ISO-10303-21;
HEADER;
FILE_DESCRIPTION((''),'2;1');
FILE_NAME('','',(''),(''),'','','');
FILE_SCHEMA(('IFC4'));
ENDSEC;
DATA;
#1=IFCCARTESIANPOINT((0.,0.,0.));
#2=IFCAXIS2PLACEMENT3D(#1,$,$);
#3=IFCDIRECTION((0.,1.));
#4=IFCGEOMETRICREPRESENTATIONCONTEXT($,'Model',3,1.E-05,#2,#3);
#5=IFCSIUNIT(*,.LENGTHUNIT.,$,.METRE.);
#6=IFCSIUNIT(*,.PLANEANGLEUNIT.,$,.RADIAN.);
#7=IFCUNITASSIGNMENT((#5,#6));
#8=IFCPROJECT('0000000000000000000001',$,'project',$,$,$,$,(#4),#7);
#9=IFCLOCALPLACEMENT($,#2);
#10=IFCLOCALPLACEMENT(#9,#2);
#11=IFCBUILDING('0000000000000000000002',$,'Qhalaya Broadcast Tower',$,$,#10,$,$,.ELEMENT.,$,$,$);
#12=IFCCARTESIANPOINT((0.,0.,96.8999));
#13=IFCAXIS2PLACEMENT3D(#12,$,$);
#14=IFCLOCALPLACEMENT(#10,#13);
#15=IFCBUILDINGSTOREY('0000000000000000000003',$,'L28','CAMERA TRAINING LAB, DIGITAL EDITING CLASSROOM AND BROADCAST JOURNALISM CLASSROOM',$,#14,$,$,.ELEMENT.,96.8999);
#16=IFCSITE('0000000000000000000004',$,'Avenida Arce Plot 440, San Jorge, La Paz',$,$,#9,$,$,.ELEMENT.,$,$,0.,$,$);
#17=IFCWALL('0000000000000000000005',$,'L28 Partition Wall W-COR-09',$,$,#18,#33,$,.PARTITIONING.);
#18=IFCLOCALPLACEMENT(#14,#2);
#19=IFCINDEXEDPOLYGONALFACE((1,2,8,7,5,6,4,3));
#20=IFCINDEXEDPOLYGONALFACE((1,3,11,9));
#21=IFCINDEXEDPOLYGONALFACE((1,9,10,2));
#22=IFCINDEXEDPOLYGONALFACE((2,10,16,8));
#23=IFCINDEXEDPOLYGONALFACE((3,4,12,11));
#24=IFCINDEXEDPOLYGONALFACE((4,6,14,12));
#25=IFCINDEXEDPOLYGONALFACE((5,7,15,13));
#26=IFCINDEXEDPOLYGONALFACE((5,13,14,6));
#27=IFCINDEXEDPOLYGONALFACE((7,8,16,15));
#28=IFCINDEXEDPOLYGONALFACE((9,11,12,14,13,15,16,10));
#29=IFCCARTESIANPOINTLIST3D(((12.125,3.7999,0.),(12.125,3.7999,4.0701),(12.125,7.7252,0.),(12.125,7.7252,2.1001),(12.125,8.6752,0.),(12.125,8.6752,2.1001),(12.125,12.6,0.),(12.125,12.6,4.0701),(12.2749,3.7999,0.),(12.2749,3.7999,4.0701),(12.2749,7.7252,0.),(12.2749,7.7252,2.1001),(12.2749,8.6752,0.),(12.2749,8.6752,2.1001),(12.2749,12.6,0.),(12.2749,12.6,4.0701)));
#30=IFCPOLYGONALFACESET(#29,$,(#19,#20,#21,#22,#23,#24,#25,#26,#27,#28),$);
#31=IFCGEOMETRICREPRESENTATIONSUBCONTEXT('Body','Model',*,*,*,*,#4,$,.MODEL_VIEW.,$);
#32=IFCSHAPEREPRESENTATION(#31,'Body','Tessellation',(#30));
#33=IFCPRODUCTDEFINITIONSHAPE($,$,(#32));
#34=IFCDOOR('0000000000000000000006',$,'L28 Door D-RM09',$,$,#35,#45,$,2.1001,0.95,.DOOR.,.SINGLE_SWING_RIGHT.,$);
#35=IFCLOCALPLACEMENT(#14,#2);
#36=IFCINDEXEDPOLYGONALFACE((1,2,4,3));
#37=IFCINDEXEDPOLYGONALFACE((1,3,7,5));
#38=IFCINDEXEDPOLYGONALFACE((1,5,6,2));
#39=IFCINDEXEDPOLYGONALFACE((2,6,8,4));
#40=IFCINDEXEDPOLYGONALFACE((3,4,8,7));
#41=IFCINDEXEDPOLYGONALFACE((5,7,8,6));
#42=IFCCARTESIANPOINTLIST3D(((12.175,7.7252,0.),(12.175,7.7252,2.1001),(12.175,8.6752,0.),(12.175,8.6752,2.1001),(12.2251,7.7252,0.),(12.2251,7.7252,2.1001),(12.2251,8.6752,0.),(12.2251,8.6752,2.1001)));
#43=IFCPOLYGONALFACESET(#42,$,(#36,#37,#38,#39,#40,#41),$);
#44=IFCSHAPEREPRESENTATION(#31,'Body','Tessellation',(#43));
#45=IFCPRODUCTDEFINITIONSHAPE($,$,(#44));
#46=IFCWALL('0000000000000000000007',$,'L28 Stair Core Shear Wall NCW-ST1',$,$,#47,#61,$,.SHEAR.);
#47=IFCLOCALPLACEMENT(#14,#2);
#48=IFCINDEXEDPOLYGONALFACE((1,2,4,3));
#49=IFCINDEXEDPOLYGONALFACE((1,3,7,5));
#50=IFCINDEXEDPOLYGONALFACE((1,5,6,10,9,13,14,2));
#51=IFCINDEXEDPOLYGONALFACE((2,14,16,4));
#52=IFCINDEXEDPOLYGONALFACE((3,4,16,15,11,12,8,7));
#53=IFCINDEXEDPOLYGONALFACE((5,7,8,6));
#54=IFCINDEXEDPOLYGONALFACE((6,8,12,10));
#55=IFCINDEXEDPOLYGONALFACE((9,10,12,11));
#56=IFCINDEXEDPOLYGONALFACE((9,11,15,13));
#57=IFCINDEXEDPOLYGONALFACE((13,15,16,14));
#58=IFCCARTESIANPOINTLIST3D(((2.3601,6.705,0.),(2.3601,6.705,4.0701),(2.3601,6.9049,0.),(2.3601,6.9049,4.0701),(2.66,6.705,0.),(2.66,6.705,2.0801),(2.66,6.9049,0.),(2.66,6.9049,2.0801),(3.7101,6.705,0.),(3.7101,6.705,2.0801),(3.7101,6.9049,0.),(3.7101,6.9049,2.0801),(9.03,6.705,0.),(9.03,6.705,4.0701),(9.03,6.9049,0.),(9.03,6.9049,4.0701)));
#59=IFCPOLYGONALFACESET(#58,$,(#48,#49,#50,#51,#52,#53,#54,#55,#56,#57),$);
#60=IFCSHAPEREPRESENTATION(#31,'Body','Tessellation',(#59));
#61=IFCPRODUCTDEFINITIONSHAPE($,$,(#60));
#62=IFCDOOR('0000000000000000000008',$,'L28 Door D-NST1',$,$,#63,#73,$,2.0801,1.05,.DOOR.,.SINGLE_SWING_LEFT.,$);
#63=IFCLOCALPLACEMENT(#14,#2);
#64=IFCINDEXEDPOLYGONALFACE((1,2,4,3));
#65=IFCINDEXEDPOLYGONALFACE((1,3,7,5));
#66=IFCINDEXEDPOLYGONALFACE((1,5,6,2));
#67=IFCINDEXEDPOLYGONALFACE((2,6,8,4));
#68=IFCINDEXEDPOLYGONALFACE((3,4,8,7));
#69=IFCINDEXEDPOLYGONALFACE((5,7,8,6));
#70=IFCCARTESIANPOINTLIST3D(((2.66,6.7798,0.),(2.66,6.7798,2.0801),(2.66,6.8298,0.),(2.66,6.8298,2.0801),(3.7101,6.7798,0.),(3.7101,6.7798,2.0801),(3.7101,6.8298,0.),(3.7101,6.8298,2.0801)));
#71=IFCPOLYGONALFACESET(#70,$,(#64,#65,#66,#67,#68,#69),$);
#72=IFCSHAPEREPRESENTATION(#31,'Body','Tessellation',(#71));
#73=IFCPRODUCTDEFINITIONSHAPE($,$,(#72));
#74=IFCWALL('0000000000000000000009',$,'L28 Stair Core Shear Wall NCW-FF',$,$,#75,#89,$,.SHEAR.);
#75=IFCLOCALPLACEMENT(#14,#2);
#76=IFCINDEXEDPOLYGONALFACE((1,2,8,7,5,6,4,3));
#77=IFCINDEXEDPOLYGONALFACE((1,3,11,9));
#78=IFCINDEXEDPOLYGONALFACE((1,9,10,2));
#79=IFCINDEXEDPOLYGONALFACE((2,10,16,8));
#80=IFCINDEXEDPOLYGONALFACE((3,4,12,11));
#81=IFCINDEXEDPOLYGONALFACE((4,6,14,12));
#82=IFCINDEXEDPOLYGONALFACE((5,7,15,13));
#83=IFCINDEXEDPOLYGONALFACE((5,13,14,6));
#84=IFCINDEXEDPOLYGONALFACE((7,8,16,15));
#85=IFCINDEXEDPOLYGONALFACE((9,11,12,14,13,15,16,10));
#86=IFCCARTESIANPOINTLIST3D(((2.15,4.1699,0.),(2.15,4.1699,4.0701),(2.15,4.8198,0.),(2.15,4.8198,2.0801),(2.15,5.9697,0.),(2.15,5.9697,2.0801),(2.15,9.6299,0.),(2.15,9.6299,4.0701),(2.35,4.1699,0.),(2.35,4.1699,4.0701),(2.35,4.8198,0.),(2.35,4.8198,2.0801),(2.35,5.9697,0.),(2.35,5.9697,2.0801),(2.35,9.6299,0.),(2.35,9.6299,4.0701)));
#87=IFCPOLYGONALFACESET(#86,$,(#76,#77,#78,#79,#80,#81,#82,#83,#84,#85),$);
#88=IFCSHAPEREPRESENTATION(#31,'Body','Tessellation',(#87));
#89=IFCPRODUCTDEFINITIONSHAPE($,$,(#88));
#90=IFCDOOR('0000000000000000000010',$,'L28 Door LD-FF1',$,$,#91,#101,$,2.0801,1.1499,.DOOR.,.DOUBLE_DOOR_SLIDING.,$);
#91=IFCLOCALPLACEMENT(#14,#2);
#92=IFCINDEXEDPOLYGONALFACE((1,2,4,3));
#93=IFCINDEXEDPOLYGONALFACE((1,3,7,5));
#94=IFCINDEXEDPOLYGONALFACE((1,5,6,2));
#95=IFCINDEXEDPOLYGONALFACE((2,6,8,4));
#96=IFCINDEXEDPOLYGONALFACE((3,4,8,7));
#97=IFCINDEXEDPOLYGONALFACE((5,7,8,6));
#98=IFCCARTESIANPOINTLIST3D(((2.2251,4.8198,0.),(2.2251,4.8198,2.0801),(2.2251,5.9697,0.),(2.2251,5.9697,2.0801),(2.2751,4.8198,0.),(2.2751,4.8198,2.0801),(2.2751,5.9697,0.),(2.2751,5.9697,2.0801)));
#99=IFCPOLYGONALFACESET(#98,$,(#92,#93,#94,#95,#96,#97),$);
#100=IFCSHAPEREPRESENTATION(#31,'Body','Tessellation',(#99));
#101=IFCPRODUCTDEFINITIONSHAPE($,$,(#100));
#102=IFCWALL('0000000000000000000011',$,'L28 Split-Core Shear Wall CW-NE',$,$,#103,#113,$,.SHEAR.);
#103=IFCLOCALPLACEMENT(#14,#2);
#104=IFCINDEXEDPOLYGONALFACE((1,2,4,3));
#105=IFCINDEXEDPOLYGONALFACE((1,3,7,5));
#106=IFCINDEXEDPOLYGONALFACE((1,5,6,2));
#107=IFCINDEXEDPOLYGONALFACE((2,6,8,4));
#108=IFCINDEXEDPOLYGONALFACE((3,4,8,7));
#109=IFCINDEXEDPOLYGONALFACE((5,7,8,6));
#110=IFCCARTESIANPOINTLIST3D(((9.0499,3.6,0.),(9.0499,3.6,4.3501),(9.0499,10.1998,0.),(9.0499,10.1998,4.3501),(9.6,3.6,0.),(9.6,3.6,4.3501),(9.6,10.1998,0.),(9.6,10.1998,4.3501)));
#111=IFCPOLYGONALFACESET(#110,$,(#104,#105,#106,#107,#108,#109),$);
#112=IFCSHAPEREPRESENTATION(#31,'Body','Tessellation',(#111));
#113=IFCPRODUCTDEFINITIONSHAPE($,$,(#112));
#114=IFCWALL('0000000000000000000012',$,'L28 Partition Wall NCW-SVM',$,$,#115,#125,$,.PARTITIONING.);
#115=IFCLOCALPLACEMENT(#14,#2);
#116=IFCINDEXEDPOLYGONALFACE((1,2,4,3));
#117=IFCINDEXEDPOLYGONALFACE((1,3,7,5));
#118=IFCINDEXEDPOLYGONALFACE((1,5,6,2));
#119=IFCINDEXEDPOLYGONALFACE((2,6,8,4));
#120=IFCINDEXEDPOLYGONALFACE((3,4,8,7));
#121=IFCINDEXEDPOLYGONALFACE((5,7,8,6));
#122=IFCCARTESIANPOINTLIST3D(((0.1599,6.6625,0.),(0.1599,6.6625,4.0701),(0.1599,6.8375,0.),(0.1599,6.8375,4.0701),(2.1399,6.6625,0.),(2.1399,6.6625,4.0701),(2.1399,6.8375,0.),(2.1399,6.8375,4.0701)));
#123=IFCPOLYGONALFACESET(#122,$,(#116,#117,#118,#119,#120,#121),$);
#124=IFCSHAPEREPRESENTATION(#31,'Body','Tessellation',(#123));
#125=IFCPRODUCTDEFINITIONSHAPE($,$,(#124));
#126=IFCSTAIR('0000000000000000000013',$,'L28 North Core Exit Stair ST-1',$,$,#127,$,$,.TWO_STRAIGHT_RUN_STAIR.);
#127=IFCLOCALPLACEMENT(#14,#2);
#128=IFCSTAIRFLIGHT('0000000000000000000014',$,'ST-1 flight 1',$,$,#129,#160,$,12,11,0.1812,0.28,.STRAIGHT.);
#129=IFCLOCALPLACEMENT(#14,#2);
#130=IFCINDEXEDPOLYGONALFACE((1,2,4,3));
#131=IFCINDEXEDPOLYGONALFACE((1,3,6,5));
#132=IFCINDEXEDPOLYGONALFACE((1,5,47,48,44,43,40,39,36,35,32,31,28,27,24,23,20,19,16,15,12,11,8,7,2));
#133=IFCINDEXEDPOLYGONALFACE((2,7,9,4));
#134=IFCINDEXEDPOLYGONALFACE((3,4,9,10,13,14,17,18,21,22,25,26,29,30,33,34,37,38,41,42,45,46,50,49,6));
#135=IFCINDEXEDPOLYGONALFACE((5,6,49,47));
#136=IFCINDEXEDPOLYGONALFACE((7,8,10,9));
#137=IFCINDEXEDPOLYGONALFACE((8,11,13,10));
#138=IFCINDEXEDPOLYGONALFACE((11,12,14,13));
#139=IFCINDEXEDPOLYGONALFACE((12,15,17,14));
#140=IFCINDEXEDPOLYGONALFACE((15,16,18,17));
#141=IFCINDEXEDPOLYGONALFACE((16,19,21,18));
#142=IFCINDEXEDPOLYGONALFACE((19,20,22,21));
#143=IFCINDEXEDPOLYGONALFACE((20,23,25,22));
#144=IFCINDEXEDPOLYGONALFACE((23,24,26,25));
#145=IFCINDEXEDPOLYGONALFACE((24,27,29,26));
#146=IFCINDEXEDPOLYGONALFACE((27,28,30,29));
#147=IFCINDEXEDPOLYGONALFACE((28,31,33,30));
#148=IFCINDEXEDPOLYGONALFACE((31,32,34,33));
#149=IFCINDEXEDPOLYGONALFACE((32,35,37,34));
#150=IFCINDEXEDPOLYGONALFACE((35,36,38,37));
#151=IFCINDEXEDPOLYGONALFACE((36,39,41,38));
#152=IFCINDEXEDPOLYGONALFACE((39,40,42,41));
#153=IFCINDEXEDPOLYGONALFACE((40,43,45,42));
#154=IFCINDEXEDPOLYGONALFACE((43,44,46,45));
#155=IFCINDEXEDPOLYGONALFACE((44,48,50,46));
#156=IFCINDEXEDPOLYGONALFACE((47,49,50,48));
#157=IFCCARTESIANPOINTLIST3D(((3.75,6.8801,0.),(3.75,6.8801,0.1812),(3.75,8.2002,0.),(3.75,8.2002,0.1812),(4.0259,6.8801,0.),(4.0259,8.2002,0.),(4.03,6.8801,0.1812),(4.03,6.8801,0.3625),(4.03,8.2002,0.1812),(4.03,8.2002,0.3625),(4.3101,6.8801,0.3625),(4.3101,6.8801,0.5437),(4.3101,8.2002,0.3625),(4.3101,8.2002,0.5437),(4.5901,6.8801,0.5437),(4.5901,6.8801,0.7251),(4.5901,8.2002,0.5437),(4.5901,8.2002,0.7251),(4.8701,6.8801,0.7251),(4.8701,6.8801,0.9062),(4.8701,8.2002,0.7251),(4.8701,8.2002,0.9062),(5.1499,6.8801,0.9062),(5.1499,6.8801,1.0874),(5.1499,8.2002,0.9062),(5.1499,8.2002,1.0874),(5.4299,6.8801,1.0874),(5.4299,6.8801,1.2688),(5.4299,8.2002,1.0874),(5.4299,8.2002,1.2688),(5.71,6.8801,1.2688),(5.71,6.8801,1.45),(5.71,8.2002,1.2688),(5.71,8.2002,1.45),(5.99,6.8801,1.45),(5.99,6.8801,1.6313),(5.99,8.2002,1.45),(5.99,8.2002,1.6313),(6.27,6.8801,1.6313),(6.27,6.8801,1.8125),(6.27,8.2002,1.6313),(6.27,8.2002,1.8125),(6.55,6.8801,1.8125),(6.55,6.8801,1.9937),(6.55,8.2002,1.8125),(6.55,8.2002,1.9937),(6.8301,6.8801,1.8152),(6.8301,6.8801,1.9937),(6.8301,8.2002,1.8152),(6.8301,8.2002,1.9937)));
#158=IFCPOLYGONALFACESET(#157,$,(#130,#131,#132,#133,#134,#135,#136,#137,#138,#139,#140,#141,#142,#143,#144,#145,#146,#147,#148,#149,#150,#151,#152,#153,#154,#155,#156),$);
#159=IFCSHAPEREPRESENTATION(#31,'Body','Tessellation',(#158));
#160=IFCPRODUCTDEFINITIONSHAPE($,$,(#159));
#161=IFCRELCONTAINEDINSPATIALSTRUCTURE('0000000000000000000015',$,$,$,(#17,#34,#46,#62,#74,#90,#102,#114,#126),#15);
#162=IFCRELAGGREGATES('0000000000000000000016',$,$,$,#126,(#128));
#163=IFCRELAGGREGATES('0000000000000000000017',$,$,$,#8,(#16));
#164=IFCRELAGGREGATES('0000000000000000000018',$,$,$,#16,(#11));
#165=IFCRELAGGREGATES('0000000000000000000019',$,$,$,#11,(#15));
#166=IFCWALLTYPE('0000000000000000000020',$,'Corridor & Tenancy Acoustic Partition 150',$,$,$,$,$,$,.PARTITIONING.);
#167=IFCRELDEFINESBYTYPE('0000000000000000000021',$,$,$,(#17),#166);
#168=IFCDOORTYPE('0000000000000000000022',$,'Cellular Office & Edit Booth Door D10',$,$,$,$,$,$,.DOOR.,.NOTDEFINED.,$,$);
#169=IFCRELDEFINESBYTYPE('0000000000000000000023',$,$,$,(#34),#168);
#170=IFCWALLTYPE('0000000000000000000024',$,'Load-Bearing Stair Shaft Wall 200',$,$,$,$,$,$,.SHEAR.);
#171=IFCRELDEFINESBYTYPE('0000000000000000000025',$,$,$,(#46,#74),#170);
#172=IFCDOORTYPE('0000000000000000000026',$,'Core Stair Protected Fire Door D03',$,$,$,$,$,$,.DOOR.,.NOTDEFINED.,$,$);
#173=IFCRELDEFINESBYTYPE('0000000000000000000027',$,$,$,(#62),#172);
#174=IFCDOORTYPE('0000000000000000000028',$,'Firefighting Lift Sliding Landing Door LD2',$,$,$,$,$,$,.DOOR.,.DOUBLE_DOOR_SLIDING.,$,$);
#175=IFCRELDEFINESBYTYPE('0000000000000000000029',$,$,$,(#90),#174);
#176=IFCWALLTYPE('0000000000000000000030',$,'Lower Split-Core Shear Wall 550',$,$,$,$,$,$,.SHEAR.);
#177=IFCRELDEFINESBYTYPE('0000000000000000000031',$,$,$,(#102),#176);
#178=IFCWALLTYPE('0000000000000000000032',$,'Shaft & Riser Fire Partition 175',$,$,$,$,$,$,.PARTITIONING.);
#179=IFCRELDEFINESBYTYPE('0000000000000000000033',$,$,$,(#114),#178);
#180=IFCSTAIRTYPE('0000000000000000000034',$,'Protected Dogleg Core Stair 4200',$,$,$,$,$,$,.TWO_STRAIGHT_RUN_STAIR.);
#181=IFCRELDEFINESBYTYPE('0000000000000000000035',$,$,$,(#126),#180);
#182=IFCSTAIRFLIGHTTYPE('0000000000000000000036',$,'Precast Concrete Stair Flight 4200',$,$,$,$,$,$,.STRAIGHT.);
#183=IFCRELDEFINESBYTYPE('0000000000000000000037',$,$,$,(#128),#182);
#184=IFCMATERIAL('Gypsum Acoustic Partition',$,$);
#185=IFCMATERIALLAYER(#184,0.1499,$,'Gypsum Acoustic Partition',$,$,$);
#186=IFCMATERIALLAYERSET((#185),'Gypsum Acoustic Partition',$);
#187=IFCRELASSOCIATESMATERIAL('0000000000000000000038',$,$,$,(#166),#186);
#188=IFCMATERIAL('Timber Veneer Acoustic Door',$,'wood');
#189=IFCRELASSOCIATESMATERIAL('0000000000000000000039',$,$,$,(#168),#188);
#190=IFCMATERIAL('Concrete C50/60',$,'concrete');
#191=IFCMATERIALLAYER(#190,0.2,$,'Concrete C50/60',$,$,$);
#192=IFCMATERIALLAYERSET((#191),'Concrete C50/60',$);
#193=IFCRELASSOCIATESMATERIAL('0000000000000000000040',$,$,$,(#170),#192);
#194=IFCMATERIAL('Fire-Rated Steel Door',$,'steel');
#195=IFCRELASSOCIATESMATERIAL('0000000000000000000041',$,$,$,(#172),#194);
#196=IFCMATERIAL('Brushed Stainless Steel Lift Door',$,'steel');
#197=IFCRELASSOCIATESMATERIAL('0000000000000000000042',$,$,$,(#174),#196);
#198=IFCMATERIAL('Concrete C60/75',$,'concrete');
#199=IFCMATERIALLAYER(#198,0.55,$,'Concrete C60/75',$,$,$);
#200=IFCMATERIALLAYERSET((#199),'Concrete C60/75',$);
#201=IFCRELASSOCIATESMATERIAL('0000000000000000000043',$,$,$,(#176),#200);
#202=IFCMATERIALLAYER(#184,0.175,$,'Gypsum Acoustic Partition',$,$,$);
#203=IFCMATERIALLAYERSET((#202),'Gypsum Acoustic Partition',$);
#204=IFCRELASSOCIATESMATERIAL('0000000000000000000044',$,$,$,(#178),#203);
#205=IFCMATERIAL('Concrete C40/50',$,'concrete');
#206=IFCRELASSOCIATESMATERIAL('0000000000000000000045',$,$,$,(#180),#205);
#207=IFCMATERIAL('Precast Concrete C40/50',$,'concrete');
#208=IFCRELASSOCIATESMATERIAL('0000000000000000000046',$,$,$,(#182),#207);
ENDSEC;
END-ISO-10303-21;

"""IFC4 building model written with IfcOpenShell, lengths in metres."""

from ifc_helpers import new_model, si_unit, direction, frame, frame_2d, origin, place, context, subcontext, project, spatial, polyline, rectangle, outline, extrude, material, layer, layer_set, type_object, element, fill, aggregate, save


model = new_model("IFC4")

# Units and contexts
model_context = context("Model", 3, precision=1e-05, world=origin(), true_north=direction((0.0, 1.0)))
body_context = subcontext(model_context, "Body", "Model", "MODEL_VIEW")
ifc_project = project(units=[si_unit("LENGTHUNIT", "METRE"), si_unit("PLANEANGLEUNIT", "RADIAN")], contexts=[model_context])

# Site, building, storey
site_placement = place(None, origin())
site = spatial("IfcSite", under=ifc_project, at=site_placement, Name="Avenida Arce Plot 440, San Jorge, La Paz", CompositionType="ELEMENT", RefElevation=0.0)
building_placement = place(site_placement, origin())
building = spatial("IfcBuilding", under=site, at=building_placement, Name="Qhalaya Broadcast Tower", CompositionType="ELEMENT")
storey_placement = place(building_placement, frame((0.0, 0.0, 96.8999)))
storey = spatial("IfcBuildingStorey", under=building, at=storey_placement, Name="L28", Description="CAMERA TRAINING LAB, DIGITAL EDITING CLASSROOM AND BROADCAST JOURNALISM CLASSROOM", CompositionType="ELEMENT", Elevation=96.8999)

# Shared definitions
ifc_material_1 = material(Name="Concrete C50/60", Category="concrete")

# Walls, openings, doors
ifc_material_2 = material(Name="Gypsum Acoustic Partition")
ifc_layer_1 = layer(ifc_material_2, 0.1499, Name="Gypsum Acoustic Partition")
ifc_layer_set_1 = layer_set([ifc_layer_1], Name="Gypsum Acoustic Partition")
wall_type_1 = type_object("IfcWallType", Name="Corridor & Tenancy Acoustic Partition 150", PredefinedType="PARTITIONING", material=ifc_layer_set_1)
wall_1_placement = place(storey_placement, frame((12.2, 3.8, 0.0), z_axis=(0.0, 0.0, 1.0), x_axis=(0.0, 1.0, 0.0)))
wall_1 = element("IfcWall", 1, at=wall_1_placement, inside=storey, type_object=wall_type_1, Name="L28 Partition Wall W-COR-09", PredefinedType="PARTITIONING", context=body_context, shape_type="SweptSolid", body=[
    extrude(rectangle(XDim=8.8, YDim=0.1499, at=frame_2d((4.3999, 0.0))), origin(), (0.0, 0.0, 1.0), 4.0701),
])
opening_1_placement = place(wall_1_placement, frame((3.925, 0.0, 0.0)))
opening_1 = element("IfcOpeningElement", 2, at=opening_1_placement, cuts=wall_1, PredefinedType="OPENING", context=body_context, shape_type="SweptSolid", body=[
    extrude(rectangle(XDim=0.95, YDim=2.1001, at=frame_2d((0.4751, 1.05))), frame((0.0, 0.0869, 0.0), z_axis=(0.0, -1.0, 0.0), x_axis=(1.0, 0.0, 0.0)), (0.0, 0.0, 1.0), 0.1738),
])
ifc_material_3 = material(Name="Timber Veneer Acoustic Door", Category="wood")
door_type_1 = type_object("IfcDoorType", Name="Cellular Office & Edit Booth Door D10", OperationType="NOTDEFINED", PredefinedType="DOOR", material=ifc_material_3)
door_1_placement = place(opening_1_placement, origin())
door_1 = element("IfcDoor", 3, at=door_1_placement, inside=storey, type_object=door_type_1, Name="L28 Door D-RM09", OperationType="SINGLE_SWING_RIGHT", OverallHeight=2.1001, OverallWidth=0.95, PredefinedType="DOOR", context=body_context, shape_type="SweptSolid", body=[
    extrude(rectangle(XDim=0.95, YDim=2.1001, at=frame_2d((0.4751, 1.05))), frame((0.0, 0.0249, 0.0), z_axis=(0.0, -1.0, 0.0), x_axis=(1.0, 0.0, 0.0)), (0.0, 0.0, 1.0), 0.05),
])
fill(opening_1, door_1)
ifc_layer_2 = layer(ifc_material_1, 0.2, Name="Concrete C50/60")
ifc_layer_set_2 = layer_set([ifc_layer_2], Name="Concrete C50/60")
wall_type_2 = type_object("IfcWallType", Name="Load-Bearing Stair Shaft Wall 200", PredefinedType="SHEAR", material=ifc_layer_set_2)
wall_2_placement = place(storey_placement, frame((2.3601, 6.8049, 0.0), z_axis=(0.0, 0.0, 1.0), x_axis=(1.0, 0.0, 0.0)))
wall_2 = element("IfcWall", 4, at=wall_2_placement, inside=storey, type_object=wall_type_2, Name="L28 Stair Core Shear Wall NCW-ST1", PredefinedType="SHEAR", context=body_context, shape_type="SweptSolid", body=[
    extrude(rectangle(XDim=6.6699, YDim=0.2, at=frame_2d((3.335, 0.0))), origin(), (0.0, 0.0, 1.0), 4.0701),
])
opening_2_placement = place(wall_2_placement, frame((0.3, 0.0, 0.0)))
opening_2 = element("IfcOpeningElement", 5, at=opening_2_placement, cuts=wall_2, PredefinedType="OPENING", context=body_context, shape_type="SweptSolid", body=[
    extrude(rectangle(XDim=1.05, YDim=2.0801, at=frame_2d((0.5249, 1.04))), frame((0.0, 0.1121, 0.0), z_axis=(0.0, -1.0, 0.0), x_axis=(1.0, 0.0, 0.0)), (0.0, 0.0, 1.0), 0.2239),
])
ifc_material_4 = material(Name="Fire-Rated Steel Door", Category="steel")
door_type_2 = type_object("IfcDoorType", Name="Core Stair Protected Fire Door D03", OperationType="NOTDEFINED", PredefinedType="DOOR", material=ifc_material_4)
door_2_placement = place(opening_2_placement, origin())
door_2 = element("IfcDoor", 6, at=door_2_placement, inside=storey, type_object=door_type_2, Name="L28 Door D-NST1", OperationType="SINGLE_SWING_LEFT", OverallHeight=2.0801, OverallWidth=1.05, PredefinedType="DOOR", context=body_context, shape_type="SweptSolid", body=[
    extrude(rectangle(XDim=1.05, YDim=2.0801, at=frame_2d((0.5249, 1.04))), frame((0.0, 0.0249, 0.0), z_axis=(0.0, -1.0, 0.0), x_axis=(1.0, 0.0, 0.0)), (0.0, 0.0, 1.0), 0.05),
])
fill(opening_2, door_2)
wall_3_placement = place(storey_placement, frame((2.25, 4.1699, 0.0), z_axis=(0.0, 0.0, 1.0), x_axis=(0.0, 1.0, 0.0)))
wall_3 = element("IfcWall", 7, at=wall_3_placement, inside=storey, type_object=wall_type_2, Name="L28 Stair Core Shear Wall NCW-FF", PredefinedType="SHEAR", context=body_context, shape_type="SweptSolid", body=[
    extrude(rectangle(XDim=5.46, YDim=0.2, at=frame_2d((2.73, 0.0))), origin(), (0.0, 0.0, 1.0), 4.0701),
])
opening_3_placement = place(wall_3_placement, frame((0.6499, 0.0, 0.0)))
opening_3 = element("IfcOpeningElement", 8, at=opening_3_placement, cuts=wall_3, PredefinedType="OPENING", context=body_context, shape_type="SweptSolid", body=[
    extrude(rectangle(XDim=1.1499, YDim=2.0801, at=frame_2d((0.575, 1.04))), frame((0.0, 0.1121, 0.0), z_axis=(0.0, -1.0, 0.0), x_axis=(1.0, 0.0, 0.0)), (0.0, 0.0, 1.0), 0.2239),
])
ifc_material_5 = material(Name="Brushed Stainless Steel Lift Door", Category="steel")
door_type_3 = type_object("IfcDoorType", Name="Firefighting Lift Sliding Landing Door LD2", OperationType="DOUBLE_DOOR_SLIDING", PredefinedType="DOOR", material=ifc_material_5)
door_3_placement = place(opening_3_placement, origin())
door_3 = element("IfcDoor", 9, at=door_3_placement, inside=storey, type_object=door_type_3, Name="L28 Door LD-FF1", OperationType="DOUBLE_DOOR_SLIDING", OverallHeight=2.0801, OverallWidth=1.1499, PredefinedType="DOOR", context=body_context, shape_type="SweptSolid", body=[
    extrude(rectangle(XDim=1.1499, YDim=2.0801, at=frame_2d((0.575, 1.04))), frame((0.0, 0.0249, 0.0), z_axis=(0.0, -1.0, 0.0), x_axis=(1.0, 0.0, 0.0)), (0.0, 0.0, 1.0), 0.05),
])
fill(opening_3, door_3)

# Wall
ifc_material_6 = material(Name="Concrete C60/75", Category="concrete")
ifc_layer_3 = layer(ifc_material_6, 0.55, Name="Concrete C60/75")
ifc_layer_set_3 = layer_set([ifc_layer_3], Name="Concrete C60/75")
wall_type_3 = type_object("IfcWallType", Name="Lower Split-Core Shear Wall 550", PredefinedType="SHEAR", material=ifc_layer_set_3)
wall_4_placement = place(storey_placement, frame((9.325, 3.6001, 0.0), z_axis=(0.0, 0.0, 1.0), x_axis=(0.0, 1.0, 0.0)))
element("IfcWall", 10, at=wall_4_placement, inside=storey, type_object=wall_type_3, Name="L28 Split-Core Shear Wall CW-NE", PredefinedType="SHEAR", context=body_context, shape_type="SweptSolid", body=[
    extrude(rectangle(XDim=6.5999, YDim=0.55, at=frame_2d((3.2998, 0.0))), origin(), (0.0, 0.0, 1.0), 4.3501),
])

# Shared definitions
ifc_layer_4 = layer(ifc_material_2, 0.175, Name="Gypsum Acoustic Partition")
ifc_layer_set_4 = layer_set([ifc_layer_4], Name="Gypsum Acoustic Partition")
wall_type_4 = type_object("IfcWallType", Name="Shaft & Riser Fire Partition 175", PredefinedType="PARTITIONING", material=ifc_layer_set_4)

# Wall
wall_5_placement = place(storey_placement, frame((0.1599, 6.75, 0.0), z_axis=(0.0, 0.0, 1.0), x_axis=(1.0, 0.0, 0.0)))
element("IfcWall", 11, at=wall_5_placement, inside=storey, type_object=wall_type_4, Name="L28 Partition Wall NCW-SVM", PredefinedType="PARTITIONING", context=body_context, shape_type="SweptSolid", body=[
    extrude(rectangle(XDim=1.98, YDim=0.175, at=frame_2d((0.99, 0.0))), origin(), (0.0, 0.0, 1.0), 4.0701),
])

# Stair, stair flight
ifc_material_7 = material(Name="Concrete C40/50", Category="concrete")
stair_type = type_object("IfcStairType", Name="Protected Dogleg Core Stair 4200", PredefinedType="TWO_STRAIGHT_RUN_STAIR", material=ifc_material_7)
stair_placement = place(storey_placement, origin())
stair = element("IfcStair", 12, at=stair_placement, inside=storey, type_object=stair_type, Name="L28 North Core Exit Stair ST-1", PredefinedType="TWO_STRAIGHT_RUN_STAIR")
ifc_material_8 = material(Name="Precast Concrete C40/50", Category="concrete")
stair_flight_type = type_object("IfcStairFlightType", Name="Precast Concrete Stair Flight 4200", PredefinedType="STRAIGHT", material=ifc_material_8)
stair_flight_1_placement = place(storey_placement, frame((3.75, 7.54, 0.0), z_axis=(0.0, 0.0, 1.0), x_axis=(1.0, 0.0, 0.0)))
stair_flight_1 = element("IfcStairFlight", 13, at=stair_flight_1_placement, type_object=stair_flight_type, Name="ST-1 flight 1", NumberOfRisers=12, NumberOfTreads=11, PredefinedType="STRAIGHT", RiserHeight=0.1812, TreadLength=0.28, context=body_context, shape_type="SweptSolid", body=[
    extrude(outline(polyline([(0.0, 0.0), (0.0, 0.1812), (0.28, 0.1812), (0.28, 0.3625), (0.5601, 0.3625), (0.5601, 0.5437), (0.8401, 0.5437), (0.8401, 0.7251), (1.1201, 0.7251), (1.1201, 0.9062), (1.3999, 0.9062), (1.3999, 1.0874), (1.6799, 1.0874), (1.6799, 1.2688), (1.96, 1.2688), (1.96, 1.45), (2.24, 1.45), (2.24, 1.6313), (2.52, 1.6313), (2.52, 1.8125), (2.8, 1.8125), (2.8, 1.9937), (3.0801, 1.9937), (3.0801, 2.175), (3.0801, 1.8152), (0.2759, 0.0), (0.0, 0.0)])), frame((0.0, 0.6602, 0.0), z_axis=(0.0, -1.0, 0.0), x_axis=(1.0, 0.0, 0.0)), (0.0, 0.0, 1.0), 1.3201),
])
aggregate(stair, [stair_flight_1])

save(model, "model.ifc")
